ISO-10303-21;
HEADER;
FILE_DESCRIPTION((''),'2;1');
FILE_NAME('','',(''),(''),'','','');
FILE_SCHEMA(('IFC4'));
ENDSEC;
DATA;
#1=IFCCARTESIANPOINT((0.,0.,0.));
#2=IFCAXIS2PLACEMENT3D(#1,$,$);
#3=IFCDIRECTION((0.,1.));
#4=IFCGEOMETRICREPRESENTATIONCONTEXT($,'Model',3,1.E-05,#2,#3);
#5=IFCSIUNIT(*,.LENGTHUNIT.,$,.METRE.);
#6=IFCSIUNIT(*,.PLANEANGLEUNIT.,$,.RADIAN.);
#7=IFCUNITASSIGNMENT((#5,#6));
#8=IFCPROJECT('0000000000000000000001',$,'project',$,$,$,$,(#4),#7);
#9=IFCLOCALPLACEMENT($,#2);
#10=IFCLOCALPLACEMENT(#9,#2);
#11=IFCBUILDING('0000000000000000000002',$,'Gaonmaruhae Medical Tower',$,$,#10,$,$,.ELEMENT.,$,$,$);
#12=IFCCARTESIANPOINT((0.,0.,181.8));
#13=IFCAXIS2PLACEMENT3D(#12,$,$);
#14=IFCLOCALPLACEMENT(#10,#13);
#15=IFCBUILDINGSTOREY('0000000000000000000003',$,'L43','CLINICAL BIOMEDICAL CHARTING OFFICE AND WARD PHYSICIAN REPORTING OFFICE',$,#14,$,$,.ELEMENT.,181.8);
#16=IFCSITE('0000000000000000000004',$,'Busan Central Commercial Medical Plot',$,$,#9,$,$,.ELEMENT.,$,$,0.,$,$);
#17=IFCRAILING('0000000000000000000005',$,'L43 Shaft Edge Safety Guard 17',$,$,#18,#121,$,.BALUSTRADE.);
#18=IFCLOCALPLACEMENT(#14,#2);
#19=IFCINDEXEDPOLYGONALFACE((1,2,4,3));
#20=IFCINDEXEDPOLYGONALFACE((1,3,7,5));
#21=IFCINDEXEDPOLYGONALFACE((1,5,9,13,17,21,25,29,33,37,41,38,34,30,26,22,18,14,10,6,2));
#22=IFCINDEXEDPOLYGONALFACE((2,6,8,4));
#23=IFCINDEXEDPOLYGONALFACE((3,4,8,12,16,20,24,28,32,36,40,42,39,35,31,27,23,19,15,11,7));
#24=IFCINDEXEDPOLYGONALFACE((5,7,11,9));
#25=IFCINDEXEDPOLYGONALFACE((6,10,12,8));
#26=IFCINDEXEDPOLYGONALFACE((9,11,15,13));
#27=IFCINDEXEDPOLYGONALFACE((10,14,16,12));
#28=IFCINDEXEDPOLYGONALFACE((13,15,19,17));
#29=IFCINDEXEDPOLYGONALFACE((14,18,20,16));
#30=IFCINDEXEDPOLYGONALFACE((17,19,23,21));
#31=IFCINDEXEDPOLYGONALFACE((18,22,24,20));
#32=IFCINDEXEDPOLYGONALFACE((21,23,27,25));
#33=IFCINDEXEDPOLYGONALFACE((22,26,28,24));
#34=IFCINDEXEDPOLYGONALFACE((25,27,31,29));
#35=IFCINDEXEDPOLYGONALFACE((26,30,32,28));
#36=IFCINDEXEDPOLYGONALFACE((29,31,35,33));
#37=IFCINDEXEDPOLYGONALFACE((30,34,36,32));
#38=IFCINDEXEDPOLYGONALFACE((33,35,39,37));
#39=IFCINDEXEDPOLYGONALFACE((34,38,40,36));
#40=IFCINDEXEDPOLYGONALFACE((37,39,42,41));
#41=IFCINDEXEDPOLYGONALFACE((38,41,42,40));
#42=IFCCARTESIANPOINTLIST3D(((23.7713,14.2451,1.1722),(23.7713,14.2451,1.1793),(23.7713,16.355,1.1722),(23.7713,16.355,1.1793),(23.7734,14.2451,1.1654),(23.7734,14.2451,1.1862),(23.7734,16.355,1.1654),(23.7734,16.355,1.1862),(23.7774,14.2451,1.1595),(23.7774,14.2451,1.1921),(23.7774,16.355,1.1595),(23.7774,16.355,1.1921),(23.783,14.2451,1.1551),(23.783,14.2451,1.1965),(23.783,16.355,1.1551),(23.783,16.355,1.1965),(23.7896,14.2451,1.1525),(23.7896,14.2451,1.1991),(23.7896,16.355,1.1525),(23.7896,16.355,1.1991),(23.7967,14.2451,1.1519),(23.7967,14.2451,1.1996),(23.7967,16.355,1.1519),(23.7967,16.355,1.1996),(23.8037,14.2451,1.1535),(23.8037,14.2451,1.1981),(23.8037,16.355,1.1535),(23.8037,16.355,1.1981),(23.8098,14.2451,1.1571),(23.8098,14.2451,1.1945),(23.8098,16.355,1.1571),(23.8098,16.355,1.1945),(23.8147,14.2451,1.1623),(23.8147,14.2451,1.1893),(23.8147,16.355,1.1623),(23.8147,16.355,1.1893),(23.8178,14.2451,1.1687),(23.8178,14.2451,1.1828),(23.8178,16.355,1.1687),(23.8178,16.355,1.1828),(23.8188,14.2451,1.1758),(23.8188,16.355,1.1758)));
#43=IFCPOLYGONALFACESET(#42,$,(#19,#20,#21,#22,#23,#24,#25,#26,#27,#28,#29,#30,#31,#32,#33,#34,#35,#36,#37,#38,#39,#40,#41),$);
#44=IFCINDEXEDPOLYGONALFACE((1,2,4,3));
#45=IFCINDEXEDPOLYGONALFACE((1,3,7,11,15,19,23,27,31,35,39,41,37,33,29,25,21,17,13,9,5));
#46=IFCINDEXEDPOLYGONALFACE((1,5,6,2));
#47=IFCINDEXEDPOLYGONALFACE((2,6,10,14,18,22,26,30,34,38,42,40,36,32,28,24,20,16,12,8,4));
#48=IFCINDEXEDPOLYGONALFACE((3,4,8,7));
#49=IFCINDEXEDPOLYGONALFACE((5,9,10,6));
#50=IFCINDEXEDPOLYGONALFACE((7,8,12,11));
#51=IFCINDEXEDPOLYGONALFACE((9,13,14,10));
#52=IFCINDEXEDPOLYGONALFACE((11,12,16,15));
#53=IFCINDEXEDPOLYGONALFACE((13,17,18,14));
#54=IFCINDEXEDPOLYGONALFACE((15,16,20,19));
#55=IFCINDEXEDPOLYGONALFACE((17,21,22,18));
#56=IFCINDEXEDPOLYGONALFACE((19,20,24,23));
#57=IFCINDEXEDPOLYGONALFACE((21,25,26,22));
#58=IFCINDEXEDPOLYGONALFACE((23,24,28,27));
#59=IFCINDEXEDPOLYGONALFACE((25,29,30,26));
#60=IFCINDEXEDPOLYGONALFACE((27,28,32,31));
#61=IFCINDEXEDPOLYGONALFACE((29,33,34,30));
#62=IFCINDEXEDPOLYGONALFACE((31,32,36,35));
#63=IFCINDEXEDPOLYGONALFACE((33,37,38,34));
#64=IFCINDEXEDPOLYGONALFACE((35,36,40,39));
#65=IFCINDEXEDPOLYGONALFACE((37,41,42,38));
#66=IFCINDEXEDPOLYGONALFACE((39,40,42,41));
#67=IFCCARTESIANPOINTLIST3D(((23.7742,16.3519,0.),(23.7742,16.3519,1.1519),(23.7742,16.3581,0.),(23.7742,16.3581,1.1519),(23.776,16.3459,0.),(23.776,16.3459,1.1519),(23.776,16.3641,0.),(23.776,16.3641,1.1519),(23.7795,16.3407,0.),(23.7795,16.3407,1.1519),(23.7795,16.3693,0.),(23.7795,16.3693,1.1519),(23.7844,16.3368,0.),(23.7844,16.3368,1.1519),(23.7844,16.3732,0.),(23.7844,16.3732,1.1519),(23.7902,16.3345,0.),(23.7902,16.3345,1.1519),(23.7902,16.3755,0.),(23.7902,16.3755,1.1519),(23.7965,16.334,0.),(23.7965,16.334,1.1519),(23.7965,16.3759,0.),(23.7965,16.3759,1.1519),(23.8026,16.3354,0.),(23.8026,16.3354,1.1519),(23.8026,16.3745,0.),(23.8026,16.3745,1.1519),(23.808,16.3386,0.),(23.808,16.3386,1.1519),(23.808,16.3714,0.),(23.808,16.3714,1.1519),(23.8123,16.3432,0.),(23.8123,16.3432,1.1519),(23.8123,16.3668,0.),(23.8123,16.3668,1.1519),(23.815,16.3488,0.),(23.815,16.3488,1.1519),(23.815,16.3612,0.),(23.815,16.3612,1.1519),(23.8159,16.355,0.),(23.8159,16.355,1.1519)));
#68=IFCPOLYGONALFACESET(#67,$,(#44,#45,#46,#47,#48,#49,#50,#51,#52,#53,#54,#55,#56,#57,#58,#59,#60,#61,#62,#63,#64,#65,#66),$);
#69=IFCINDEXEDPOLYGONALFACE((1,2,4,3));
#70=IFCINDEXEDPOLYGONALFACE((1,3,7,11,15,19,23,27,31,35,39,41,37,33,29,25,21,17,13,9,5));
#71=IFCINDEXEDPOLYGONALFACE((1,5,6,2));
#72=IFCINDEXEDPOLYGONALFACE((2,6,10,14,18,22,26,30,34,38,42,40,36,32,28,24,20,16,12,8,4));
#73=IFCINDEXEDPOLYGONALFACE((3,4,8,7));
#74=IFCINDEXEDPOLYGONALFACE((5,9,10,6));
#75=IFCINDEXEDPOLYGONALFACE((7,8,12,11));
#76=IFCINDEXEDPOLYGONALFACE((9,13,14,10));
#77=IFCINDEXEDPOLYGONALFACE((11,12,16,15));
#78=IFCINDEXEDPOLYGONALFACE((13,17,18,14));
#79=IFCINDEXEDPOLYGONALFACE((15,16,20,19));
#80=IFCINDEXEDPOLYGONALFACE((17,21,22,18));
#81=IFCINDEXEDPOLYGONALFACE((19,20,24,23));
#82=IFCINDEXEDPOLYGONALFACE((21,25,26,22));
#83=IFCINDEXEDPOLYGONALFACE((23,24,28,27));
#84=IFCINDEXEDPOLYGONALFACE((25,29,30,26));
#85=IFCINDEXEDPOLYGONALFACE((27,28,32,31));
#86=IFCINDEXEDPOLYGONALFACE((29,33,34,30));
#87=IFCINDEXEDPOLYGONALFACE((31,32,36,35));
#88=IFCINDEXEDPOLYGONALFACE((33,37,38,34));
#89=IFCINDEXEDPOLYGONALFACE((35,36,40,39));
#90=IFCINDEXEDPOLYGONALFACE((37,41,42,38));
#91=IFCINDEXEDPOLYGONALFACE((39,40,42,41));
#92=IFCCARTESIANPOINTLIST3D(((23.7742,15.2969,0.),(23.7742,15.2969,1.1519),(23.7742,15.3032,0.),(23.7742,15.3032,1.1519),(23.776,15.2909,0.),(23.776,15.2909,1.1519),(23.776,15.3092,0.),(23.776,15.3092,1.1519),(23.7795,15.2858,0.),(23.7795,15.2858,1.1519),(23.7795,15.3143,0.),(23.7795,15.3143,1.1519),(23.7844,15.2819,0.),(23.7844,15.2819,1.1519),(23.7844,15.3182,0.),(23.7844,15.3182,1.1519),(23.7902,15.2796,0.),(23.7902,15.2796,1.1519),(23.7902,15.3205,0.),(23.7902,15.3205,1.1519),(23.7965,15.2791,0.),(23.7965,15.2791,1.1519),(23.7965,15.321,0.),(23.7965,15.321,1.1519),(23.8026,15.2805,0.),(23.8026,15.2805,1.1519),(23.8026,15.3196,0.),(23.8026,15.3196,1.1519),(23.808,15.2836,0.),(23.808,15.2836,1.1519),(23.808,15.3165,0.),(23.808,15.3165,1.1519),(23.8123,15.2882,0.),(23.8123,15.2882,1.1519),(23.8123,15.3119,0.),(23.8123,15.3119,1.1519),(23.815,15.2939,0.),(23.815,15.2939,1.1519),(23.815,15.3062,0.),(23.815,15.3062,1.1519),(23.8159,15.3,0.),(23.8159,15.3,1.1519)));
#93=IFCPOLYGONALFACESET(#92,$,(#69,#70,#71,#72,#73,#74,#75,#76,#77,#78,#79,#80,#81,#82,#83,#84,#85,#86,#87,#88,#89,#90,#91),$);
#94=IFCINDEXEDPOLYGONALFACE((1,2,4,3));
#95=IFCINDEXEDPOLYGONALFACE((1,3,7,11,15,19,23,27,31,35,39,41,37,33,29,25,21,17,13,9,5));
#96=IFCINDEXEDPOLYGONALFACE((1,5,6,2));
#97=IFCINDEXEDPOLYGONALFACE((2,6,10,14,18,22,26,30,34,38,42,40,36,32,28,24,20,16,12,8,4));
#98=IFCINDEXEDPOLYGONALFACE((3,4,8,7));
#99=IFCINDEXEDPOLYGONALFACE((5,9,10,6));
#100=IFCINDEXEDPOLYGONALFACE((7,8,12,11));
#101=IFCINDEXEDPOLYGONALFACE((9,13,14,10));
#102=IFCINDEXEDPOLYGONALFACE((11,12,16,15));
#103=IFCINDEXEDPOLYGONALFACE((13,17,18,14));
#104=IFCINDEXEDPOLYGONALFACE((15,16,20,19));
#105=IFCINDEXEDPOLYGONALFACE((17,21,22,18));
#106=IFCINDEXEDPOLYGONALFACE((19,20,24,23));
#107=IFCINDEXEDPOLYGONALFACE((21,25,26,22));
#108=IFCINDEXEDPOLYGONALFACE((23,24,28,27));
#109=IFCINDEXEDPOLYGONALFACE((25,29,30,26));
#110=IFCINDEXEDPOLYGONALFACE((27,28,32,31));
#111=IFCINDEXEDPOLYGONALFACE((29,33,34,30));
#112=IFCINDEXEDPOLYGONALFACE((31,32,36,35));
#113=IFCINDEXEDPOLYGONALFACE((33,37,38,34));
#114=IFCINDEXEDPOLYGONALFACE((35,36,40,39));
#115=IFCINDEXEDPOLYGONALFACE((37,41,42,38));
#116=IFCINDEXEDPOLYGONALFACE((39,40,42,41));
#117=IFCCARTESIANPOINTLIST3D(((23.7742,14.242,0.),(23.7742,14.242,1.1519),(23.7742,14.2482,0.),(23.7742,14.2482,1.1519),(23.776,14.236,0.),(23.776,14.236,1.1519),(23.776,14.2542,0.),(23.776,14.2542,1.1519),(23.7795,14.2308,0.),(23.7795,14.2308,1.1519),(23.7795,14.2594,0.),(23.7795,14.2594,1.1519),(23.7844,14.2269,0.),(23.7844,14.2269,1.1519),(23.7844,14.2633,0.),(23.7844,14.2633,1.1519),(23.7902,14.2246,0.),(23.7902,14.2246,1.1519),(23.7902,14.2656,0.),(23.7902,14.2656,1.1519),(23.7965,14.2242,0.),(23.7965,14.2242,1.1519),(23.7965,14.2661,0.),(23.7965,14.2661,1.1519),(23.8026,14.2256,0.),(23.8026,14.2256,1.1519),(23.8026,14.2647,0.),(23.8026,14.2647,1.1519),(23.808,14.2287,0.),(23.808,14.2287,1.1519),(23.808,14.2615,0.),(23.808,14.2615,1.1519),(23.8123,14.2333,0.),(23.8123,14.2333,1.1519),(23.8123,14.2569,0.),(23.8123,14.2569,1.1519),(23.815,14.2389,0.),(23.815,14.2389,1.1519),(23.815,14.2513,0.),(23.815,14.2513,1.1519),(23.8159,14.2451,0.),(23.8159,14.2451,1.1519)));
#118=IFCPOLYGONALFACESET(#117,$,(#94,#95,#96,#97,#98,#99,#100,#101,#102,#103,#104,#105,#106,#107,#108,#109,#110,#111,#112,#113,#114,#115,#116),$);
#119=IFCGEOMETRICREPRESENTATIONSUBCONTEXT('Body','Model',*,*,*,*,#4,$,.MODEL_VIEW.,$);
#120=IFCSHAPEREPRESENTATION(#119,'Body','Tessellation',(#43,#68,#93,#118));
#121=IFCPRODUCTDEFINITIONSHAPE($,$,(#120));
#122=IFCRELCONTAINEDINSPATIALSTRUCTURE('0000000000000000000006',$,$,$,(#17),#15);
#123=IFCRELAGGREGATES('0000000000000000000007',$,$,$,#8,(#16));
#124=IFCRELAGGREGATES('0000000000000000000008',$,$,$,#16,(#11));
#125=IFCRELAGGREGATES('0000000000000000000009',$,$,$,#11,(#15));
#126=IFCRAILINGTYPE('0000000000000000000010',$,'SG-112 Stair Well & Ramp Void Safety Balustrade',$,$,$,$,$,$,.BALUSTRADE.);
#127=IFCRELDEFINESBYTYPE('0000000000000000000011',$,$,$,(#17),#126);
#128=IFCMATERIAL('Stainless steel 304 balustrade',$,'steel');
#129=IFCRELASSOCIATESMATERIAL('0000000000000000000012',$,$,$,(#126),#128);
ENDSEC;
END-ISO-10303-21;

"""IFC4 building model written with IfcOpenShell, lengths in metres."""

from ifc_helpers import new_model, si_unit, direction, frame, origin, origin_2d, place, context, subcontext, project, spatial, circle, extrude, material, type_object, element, save


model = new_model("IFC4")

# Units and contexts
model_context = context("Model", 3, precision=1e-05, world=origin(), true_north=direction((0.0, 1.0)))
body_context = subcontext(model_context, "Body", "Model", "MODEL_VIEW")
ifc_project = project(units=[si_unit("LENGTHUNIT", "METRE"), si_unit("PLANEANGLEUNIT", "RADIAN")], contexts=[model_context])

# Site, building, storey
site_placement = place(None, origin())
site = spatial("IfcSite", under=ifc_project, at=site_placement, Name="Busan Central Commercial Medical Plot", CompositionType="ELEMENT", RefElevation=0.0)
building_placement = place(site_placement, origin())
building = spatial("IfcBuilding", under=site, at=building_placement, Name="Gaonmaruhae Medical Tower", CompositionType="ELEMENT")
storey_placement = place(building_placement, frame((0.0, 0.0, 181.8)))
storey = spatial("IfcBuildingStorey", under=building, at=storey_placement, Name="L43", Description="CLINICAL BIOMEDICAL CHARTING OFFICE AND WARD PHYSICIAN REPORTING OFFICE", CompositionType="ELEMENT", Elevation=181.8)

# Railing
ifc_material_1 = material(Name="Stainless steel 304 balustrade", Category="steel")
railing_type_1 = type_object("IfcRailingType", Name="SG-112 Stair Well & Ramp Void Safety Balustrade", PredefinedType="BALUSTRADE", material=ifc_material_1)
railing_1_placement = place(storey_placement, frame((23.7949, 16.355, 0.0)))
element("IfcRailing", 1, at=railing_1_placement, inside=storey, type_object=railing_type_1, Name="L43 Shaft Edge Safety Guard 17", PredefinedType="BALUSTRADE", context=body_context, shape_type="SweptSolid", body=[
    extrude(circle(Radius=0.0239, at=origin_2d()), frame((0.0, 0.0, 1.1758), z_axis=(0.0, -1.0, 0.0), x_axis=(1.0, 0.0, 0.0)), (0.0, 0.0, 1.0), 2.1099),
    extrude(circle(Radius=0.021, at=origin_2d()), origin(), (0.0, 0.0, 1.0), 1.1519),
    extrude(circle(Radius=0.021, at=origin_2d()), frame((0.0, -1.0549, 0.0)), (0.0, 0.0, 1.0), 1.1519),
    extrude(circle(Radius=0.021, at=origin_2d()), frame((0.0, -2.1099, 0.0)), (0.0, 0.0, 1.0), 1.1519),
])

save(model, "model.ifc")
